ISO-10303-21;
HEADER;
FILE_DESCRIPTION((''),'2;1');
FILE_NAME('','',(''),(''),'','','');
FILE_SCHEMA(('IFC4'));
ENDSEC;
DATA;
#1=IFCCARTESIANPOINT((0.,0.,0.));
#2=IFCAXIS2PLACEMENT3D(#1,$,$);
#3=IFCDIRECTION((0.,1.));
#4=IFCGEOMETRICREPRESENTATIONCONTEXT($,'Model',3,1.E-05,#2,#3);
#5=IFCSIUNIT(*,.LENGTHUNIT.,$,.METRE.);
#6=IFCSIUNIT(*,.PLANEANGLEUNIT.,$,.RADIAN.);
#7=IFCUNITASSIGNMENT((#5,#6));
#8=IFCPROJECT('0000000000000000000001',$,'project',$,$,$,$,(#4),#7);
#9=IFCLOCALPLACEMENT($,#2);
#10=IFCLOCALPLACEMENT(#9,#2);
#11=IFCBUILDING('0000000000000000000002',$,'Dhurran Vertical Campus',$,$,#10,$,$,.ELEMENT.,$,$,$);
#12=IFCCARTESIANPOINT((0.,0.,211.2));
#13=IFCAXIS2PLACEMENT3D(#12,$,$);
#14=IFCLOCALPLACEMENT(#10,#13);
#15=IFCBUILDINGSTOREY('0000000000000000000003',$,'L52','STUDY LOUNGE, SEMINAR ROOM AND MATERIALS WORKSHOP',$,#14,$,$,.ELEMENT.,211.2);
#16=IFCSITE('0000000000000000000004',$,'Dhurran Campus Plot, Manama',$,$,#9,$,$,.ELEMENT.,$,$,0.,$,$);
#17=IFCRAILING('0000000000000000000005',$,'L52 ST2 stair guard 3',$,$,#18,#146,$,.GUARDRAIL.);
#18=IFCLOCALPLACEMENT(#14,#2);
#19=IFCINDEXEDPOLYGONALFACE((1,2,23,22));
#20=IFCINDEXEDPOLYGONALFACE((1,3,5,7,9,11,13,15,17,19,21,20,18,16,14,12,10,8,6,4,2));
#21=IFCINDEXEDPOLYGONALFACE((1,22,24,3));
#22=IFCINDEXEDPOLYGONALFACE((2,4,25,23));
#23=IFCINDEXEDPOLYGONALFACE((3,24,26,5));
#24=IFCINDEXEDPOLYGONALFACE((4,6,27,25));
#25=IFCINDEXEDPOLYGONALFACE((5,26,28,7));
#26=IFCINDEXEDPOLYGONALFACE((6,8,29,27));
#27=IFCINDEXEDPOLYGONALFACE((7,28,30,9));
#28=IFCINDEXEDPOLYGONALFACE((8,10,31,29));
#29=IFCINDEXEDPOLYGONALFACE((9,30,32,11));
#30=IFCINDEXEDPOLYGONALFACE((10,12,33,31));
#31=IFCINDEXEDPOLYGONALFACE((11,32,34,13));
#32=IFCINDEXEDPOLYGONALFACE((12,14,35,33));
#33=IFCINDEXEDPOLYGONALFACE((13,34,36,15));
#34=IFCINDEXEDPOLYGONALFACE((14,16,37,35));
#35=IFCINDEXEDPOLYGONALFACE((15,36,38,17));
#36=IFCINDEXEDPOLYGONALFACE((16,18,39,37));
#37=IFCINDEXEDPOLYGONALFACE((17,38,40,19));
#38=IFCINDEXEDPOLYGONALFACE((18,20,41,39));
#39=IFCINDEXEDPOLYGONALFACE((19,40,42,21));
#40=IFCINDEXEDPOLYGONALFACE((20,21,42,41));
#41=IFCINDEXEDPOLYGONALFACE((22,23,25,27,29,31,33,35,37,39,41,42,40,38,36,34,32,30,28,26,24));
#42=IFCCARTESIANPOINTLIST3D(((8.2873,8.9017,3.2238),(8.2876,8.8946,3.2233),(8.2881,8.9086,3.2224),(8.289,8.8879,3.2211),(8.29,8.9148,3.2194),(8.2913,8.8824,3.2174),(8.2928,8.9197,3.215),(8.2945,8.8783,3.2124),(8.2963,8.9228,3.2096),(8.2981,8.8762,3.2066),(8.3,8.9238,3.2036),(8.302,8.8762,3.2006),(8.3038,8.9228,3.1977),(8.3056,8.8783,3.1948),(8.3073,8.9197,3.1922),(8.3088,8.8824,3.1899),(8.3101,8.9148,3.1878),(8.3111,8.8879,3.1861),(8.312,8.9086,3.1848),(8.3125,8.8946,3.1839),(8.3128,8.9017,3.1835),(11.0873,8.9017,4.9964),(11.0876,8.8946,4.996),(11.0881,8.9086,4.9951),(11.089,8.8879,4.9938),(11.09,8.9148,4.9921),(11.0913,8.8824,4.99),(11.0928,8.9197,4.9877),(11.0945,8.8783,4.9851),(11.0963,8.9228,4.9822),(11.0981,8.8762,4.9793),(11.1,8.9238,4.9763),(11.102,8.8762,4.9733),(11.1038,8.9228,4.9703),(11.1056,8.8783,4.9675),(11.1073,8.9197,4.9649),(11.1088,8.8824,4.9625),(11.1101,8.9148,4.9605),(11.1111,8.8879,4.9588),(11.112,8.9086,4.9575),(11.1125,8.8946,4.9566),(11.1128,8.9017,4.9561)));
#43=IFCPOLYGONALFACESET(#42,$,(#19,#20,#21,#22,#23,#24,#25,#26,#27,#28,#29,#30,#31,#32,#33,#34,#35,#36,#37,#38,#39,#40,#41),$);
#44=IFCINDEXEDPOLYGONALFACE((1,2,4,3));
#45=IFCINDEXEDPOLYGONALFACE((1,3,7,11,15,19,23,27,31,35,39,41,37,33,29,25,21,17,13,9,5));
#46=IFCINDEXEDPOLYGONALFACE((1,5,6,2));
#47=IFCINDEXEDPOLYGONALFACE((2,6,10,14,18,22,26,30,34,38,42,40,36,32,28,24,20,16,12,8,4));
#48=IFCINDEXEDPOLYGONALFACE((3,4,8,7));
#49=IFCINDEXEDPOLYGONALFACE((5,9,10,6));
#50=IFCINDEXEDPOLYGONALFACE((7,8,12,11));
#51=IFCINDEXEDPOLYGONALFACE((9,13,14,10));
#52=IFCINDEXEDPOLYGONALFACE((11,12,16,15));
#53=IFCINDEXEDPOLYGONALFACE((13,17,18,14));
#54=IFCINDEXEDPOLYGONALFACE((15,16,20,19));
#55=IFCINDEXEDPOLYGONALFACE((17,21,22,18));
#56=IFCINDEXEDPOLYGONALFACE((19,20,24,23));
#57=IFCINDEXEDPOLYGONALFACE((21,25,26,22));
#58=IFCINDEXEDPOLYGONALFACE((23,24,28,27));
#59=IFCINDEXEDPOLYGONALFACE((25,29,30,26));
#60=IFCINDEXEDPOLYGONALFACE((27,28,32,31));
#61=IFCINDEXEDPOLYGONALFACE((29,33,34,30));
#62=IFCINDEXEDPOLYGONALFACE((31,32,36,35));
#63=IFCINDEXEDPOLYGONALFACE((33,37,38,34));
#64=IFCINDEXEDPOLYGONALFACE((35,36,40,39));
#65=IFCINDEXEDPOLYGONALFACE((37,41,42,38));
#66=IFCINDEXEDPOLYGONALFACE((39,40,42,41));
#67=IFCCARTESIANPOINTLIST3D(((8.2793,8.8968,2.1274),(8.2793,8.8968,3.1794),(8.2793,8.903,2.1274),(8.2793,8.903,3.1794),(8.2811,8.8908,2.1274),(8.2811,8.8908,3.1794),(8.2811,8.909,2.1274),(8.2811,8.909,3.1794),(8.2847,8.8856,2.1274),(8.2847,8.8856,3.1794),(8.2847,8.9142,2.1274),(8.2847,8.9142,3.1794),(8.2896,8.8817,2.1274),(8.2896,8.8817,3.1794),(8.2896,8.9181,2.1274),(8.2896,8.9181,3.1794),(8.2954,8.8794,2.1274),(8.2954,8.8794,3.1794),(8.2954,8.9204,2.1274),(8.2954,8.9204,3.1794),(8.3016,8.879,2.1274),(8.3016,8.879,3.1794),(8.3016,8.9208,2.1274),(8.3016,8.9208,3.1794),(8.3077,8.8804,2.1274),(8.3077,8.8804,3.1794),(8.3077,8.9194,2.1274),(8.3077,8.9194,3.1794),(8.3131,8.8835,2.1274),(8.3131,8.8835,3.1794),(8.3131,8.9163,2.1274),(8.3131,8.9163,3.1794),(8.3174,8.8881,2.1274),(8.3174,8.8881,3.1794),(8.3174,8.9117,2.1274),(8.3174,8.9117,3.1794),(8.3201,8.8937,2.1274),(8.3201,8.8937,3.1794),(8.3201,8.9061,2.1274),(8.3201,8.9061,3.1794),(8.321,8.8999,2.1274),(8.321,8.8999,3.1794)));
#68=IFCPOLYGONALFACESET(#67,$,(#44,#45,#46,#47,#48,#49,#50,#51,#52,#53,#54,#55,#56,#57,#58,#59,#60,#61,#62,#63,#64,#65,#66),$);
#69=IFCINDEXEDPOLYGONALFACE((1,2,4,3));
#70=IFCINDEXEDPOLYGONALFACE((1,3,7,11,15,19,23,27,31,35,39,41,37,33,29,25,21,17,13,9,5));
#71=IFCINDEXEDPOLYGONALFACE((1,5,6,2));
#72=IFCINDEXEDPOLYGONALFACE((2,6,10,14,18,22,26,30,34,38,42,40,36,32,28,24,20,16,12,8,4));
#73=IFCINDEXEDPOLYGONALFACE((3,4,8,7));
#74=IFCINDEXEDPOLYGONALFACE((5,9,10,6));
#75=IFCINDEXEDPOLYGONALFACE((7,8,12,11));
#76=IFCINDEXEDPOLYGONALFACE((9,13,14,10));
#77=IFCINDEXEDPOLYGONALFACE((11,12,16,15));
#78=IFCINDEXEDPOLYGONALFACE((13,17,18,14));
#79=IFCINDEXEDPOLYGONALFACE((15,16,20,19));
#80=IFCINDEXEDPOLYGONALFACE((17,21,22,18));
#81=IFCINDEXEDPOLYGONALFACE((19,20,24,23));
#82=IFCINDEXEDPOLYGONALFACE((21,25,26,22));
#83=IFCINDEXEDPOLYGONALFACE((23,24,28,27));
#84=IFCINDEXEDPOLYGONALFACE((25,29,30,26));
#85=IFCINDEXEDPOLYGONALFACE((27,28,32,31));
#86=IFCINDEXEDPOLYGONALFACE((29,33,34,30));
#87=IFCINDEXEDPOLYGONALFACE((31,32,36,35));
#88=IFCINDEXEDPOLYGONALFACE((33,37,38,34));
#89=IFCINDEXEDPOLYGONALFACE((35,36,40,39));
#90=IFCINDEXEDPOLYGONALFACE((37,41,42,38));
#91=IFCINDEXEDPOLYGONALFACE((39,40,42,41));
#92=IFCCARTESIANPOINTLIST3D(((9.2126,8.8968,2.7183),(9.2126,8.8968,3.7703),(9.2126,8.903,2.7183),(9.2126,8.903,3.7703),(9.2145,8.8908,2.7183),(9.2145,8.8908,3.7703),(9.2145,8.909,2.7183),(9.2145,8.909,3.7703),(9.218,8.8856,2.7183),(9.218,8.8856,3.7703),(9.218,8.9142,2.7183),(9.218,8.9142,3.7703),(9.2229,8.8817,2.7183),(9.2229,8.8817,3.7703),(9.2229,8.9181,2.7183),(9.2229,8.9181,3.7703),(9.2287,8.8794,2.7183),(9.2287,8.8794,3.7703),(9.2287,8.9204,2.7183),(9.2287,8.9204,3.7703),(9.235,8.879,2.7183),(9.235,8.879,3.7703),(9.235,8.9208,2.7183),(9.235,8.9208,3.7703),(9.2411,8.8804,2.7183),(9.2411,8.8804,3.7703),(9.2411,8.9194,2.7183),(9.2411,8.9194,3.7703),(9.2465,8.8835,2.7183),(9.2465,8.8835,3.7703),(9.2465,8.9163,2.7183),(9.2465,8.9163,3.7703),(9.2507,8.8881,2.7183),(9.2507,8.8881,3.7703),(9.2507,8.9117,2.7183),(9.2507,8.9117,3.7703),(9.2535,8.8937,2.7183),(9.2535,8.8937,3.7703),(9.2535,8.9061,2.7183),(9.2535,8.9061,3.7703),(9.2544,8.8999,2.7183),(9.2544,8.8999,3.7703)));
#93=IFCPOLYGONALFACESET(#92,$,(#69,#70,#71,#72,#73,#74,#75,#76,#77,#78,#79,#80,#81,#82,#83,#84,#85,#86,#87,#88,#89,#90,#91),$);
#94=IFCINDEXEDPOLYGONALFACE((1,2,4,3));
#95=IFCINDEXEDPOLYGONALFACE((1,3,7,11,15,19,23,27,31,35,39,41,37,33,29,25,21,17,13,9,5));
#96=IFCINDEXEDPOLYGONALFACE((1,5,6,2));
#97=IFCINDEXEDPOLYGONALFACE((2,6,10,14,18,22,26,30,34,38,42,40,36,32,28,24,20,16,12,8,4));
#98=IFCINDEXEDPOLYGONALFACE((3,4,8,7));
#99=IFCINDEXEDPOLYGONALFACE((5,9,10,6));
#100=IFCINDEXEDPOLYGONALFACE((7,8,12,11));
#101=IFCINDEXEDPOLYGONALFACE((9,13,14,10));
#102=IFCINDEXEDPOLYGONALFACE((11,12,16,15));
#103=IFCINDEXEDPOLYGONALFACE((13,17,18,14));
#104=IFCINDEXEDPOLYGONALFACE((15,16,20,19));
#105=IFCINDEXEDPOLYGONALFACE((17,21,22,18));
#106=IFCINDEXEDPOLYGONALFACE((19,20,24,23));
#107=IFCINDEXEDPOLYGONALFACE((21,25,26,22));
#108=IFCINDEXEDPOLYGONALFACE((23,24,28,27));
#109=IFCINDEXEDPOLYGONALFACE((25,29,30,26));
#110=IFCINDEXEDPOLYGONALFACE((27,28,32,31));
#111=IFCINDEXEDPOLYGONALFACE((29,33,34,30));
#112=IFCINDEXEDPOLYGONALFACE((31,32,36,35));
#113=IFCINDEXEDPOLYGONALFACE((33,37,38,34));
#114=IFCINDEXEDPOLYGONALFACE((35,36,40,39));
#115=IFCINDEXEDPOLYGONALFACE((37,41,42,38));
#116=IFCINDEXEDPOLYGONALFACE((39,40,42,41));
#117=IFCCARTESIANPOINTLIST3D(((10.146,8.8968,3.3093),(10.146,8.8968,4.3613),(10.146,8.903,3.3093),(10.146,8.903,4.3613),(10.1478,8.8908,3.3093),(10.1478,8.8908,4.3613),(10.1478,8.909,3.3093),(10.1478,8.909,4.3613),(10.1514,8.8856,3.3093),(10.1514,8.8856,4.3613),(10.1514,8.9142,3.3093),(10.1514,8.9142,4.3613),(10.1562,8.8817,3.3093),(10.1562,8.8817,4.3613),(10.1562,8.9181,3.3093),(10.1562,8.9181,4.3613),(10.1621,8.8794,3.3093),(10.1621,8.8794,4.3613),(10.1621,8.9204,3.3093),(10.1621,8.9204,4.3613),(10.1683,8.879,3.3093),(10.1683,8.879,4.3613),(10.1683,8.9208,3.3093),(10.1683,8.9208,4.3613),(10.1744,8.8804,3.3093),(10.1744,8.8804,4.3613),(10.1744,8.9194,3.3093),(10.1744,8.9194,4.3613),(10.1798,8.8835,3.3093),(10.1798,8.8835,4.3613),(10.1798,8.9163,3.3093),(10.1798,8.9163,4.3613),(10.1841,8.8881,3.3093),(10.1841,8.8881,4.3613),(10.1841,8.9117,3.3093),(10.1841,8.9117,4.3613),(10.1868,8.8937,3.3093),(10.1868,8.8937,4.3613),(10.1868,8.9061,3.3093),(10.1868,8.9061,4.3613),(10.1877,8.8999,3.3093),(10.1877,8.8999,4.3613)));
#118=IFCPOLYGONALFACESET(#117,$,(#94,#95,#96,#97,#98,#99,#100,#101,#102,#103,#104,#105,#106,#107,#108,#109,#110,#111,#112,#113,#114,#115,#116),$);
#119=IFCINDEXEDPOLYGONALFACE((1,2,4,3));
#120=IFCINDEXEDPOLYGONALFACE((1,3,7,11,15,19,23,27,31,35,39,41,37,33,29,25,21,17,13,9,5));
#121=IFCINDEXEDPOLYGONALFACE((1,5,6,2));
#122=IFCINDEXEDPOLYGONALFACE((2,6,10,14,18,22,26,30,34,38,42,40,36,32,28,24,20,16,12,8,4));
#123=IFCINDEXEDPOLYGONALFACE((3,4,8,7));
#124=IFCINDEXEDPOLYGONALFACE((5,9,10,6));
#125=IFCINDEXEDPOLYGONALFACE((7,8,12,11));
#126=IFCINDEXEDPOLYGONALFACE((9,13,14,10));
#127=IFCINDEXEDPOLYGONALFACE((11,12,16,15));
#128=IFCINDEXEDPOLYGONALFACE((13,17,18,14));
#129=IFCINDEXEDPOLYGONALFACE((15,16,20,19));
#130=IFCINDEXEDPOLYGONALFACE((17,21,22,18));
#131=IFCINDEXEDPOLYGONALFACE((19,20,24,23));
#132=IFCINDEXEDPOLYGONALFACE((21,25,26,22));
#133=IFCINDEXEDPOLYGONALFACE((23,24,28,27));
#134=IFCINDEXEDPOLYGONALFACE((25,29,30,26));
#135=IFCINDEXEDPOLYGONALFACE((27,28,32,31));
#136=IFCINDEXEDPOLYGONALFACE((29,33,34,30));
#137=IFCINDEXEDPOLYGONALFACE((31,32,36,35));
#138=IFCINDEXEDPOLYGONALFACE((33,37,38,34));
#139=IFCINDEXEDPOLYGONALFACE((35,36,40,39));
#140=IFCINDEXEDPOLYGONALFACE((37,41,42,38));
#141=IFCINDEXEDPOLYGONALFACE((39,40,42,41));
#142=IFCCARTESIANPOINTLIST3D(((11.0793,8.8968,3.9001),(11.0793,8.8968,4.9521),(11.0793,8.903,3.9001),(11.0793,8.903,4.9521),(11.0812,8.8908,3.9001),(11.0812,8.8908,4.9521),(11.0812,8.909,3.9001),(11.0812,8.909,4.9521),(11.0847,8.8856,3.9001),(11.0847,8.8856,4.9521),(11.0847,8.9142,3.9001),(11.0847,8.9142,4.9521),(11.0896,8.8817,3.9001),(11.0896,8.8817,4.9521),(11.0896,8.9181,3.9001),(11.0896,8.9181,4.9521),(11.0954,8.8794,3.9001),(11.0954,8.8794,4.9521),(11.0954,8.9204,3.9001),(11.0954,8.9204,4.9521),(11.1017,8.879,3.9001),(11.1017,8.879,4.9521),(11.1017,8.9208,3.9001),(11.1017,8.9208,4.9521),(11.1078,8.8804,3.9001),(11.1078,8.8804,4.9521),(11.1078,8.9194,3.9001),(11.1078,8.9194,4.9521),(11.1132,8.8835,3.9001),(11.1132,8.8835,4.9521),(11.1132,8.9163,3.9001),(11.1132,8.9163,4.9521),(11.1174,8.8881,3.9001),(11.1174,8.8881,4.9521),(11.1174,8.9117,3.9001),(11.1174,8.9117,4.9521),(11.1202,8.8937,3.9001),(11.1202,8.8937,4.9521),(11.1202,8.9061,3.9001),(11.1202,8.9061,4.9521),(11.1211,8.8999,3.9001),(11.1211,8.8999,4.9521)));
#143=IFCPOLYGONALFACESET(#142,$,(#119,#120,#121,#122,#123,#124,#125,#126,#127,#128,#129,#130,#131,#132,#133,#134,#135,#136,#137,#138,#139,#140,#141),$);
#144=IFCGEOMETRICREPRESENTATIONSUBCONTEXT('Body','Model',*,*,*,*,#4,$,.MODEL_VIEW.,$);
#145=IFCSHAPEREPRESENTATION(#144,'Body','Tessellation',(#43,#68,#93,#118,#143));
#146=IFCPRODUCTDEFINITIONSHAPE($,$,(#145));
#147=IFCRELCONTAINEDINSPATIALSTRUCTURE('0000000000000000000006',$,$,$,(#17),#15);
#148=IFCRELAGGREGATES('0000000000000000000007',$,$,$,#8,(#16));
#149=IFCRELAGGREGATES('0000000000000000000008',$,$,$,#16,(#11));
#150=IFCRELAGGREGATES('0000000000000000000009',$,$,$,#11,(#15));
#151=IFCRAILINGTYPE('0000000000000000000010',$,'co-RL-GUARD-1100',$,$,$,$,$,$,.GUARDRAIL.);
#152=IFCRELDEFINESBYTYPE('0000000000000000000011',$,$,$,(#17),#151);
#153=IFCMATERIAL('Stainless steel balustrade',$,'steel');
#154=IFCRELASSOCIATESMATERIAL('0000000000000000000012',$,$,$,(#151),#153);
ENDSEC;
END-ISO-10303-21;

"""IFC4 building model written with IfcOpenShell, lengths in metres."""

from ifc_helpers import new_model, si_unit, direction, frame, origin, origin_2d, place, context, subcontext, project, spatial, circle, extrude, material, type_object, element, save


model = new_model("IFC4")

# Units and contexts
model_context = context("Model", 3, precision=1e-05, world=origin(), true_north=direction((0.0, 1.0)))
body_context = subcontext(model_context, "Body", "Model", "MODEL_VIEW")
ifc_project = project(units=[si_unit("LENGTHUNIT", "METRE"), si_unit("PLANEANGLEUNIT", "RADIAN")], contexts=[model_context])

# Site, building, storey
site_placement = place(None, origin())
site = spatial("IfcSite", under=ifc_project, at=site_placement, Name="Dhurran Campus Plot, Manama", CompositionType="ELEMENT", RefElevation=0.0)
building_placement = place(site_placement, origin())
building = spatial("IfcBuilding", under=site, at=building_placement, Name="Dhurran Vertical Campus", CompositionType="ELEMENT")
storey_placement = place(building_placement, frame((0.0, 0.0, 211.2)))
storey = spatial("IfcBuildingStorey", under=building, at=storey_placement, Name="L52", Description="STUDY LOUNGE, SEMINAR ROOM AND MATERIALS WORKSHOP", CompositionType="ELEMENT", Elevation=211.2)

# Railing
ifc_material_1 = material(Name="Stainless steel balustrade", Category="steel")
railing_type_1 = type_object("IfcRailingType", Name="co-RL-GUARD-1100", PredefinedType="GUARDRAIL", material=ifc_material_1)
railing_1_placement = place(storey_placement, frame((8.3, 8.8999, 2.1274)))
element("IfcRailing", 1, at=railing_1_placement, inside=storey, type_object=railing_type_1, Name="L52 ST2 stair guard 3", PredefinedType="GUARDRAIL", context=body_context, shape_type="SweptSolid", body=[
    extrude(circle(Radius=0.0239, at=origin_2d()), frame((0.0, 0.0, 1.0762), z_axis=(0.844909, 0.0, 0.53491), x_axis=(0.0, 1.0, 0.0)), (0.0, 0.0, 1.0), 3.314),
    extrude(circle(Radius=0.021, at=origin_2d()), origin(), (0.0, 0.0, 1.0), 1.052),
    extrude(circle(Radius=0.021, at=origin_2d()), frame((0.9333, 0.0, 0.5908)), (0.0, 0.0, 1.0), 1.052),
    extrude(circle(Radius=0.021, at=origin_2d()), frame((1.8667, 0.0, 1.1819)), (0.0, 0.0, 1.0), 1.052),
    extrude(circle(Radius=0.021, at=origin_2d()), frame((2.8, 0.0, 1.7727)), (0.0, 0.0, 1.0), 1.052),
])

save(model, "model.ifc")
